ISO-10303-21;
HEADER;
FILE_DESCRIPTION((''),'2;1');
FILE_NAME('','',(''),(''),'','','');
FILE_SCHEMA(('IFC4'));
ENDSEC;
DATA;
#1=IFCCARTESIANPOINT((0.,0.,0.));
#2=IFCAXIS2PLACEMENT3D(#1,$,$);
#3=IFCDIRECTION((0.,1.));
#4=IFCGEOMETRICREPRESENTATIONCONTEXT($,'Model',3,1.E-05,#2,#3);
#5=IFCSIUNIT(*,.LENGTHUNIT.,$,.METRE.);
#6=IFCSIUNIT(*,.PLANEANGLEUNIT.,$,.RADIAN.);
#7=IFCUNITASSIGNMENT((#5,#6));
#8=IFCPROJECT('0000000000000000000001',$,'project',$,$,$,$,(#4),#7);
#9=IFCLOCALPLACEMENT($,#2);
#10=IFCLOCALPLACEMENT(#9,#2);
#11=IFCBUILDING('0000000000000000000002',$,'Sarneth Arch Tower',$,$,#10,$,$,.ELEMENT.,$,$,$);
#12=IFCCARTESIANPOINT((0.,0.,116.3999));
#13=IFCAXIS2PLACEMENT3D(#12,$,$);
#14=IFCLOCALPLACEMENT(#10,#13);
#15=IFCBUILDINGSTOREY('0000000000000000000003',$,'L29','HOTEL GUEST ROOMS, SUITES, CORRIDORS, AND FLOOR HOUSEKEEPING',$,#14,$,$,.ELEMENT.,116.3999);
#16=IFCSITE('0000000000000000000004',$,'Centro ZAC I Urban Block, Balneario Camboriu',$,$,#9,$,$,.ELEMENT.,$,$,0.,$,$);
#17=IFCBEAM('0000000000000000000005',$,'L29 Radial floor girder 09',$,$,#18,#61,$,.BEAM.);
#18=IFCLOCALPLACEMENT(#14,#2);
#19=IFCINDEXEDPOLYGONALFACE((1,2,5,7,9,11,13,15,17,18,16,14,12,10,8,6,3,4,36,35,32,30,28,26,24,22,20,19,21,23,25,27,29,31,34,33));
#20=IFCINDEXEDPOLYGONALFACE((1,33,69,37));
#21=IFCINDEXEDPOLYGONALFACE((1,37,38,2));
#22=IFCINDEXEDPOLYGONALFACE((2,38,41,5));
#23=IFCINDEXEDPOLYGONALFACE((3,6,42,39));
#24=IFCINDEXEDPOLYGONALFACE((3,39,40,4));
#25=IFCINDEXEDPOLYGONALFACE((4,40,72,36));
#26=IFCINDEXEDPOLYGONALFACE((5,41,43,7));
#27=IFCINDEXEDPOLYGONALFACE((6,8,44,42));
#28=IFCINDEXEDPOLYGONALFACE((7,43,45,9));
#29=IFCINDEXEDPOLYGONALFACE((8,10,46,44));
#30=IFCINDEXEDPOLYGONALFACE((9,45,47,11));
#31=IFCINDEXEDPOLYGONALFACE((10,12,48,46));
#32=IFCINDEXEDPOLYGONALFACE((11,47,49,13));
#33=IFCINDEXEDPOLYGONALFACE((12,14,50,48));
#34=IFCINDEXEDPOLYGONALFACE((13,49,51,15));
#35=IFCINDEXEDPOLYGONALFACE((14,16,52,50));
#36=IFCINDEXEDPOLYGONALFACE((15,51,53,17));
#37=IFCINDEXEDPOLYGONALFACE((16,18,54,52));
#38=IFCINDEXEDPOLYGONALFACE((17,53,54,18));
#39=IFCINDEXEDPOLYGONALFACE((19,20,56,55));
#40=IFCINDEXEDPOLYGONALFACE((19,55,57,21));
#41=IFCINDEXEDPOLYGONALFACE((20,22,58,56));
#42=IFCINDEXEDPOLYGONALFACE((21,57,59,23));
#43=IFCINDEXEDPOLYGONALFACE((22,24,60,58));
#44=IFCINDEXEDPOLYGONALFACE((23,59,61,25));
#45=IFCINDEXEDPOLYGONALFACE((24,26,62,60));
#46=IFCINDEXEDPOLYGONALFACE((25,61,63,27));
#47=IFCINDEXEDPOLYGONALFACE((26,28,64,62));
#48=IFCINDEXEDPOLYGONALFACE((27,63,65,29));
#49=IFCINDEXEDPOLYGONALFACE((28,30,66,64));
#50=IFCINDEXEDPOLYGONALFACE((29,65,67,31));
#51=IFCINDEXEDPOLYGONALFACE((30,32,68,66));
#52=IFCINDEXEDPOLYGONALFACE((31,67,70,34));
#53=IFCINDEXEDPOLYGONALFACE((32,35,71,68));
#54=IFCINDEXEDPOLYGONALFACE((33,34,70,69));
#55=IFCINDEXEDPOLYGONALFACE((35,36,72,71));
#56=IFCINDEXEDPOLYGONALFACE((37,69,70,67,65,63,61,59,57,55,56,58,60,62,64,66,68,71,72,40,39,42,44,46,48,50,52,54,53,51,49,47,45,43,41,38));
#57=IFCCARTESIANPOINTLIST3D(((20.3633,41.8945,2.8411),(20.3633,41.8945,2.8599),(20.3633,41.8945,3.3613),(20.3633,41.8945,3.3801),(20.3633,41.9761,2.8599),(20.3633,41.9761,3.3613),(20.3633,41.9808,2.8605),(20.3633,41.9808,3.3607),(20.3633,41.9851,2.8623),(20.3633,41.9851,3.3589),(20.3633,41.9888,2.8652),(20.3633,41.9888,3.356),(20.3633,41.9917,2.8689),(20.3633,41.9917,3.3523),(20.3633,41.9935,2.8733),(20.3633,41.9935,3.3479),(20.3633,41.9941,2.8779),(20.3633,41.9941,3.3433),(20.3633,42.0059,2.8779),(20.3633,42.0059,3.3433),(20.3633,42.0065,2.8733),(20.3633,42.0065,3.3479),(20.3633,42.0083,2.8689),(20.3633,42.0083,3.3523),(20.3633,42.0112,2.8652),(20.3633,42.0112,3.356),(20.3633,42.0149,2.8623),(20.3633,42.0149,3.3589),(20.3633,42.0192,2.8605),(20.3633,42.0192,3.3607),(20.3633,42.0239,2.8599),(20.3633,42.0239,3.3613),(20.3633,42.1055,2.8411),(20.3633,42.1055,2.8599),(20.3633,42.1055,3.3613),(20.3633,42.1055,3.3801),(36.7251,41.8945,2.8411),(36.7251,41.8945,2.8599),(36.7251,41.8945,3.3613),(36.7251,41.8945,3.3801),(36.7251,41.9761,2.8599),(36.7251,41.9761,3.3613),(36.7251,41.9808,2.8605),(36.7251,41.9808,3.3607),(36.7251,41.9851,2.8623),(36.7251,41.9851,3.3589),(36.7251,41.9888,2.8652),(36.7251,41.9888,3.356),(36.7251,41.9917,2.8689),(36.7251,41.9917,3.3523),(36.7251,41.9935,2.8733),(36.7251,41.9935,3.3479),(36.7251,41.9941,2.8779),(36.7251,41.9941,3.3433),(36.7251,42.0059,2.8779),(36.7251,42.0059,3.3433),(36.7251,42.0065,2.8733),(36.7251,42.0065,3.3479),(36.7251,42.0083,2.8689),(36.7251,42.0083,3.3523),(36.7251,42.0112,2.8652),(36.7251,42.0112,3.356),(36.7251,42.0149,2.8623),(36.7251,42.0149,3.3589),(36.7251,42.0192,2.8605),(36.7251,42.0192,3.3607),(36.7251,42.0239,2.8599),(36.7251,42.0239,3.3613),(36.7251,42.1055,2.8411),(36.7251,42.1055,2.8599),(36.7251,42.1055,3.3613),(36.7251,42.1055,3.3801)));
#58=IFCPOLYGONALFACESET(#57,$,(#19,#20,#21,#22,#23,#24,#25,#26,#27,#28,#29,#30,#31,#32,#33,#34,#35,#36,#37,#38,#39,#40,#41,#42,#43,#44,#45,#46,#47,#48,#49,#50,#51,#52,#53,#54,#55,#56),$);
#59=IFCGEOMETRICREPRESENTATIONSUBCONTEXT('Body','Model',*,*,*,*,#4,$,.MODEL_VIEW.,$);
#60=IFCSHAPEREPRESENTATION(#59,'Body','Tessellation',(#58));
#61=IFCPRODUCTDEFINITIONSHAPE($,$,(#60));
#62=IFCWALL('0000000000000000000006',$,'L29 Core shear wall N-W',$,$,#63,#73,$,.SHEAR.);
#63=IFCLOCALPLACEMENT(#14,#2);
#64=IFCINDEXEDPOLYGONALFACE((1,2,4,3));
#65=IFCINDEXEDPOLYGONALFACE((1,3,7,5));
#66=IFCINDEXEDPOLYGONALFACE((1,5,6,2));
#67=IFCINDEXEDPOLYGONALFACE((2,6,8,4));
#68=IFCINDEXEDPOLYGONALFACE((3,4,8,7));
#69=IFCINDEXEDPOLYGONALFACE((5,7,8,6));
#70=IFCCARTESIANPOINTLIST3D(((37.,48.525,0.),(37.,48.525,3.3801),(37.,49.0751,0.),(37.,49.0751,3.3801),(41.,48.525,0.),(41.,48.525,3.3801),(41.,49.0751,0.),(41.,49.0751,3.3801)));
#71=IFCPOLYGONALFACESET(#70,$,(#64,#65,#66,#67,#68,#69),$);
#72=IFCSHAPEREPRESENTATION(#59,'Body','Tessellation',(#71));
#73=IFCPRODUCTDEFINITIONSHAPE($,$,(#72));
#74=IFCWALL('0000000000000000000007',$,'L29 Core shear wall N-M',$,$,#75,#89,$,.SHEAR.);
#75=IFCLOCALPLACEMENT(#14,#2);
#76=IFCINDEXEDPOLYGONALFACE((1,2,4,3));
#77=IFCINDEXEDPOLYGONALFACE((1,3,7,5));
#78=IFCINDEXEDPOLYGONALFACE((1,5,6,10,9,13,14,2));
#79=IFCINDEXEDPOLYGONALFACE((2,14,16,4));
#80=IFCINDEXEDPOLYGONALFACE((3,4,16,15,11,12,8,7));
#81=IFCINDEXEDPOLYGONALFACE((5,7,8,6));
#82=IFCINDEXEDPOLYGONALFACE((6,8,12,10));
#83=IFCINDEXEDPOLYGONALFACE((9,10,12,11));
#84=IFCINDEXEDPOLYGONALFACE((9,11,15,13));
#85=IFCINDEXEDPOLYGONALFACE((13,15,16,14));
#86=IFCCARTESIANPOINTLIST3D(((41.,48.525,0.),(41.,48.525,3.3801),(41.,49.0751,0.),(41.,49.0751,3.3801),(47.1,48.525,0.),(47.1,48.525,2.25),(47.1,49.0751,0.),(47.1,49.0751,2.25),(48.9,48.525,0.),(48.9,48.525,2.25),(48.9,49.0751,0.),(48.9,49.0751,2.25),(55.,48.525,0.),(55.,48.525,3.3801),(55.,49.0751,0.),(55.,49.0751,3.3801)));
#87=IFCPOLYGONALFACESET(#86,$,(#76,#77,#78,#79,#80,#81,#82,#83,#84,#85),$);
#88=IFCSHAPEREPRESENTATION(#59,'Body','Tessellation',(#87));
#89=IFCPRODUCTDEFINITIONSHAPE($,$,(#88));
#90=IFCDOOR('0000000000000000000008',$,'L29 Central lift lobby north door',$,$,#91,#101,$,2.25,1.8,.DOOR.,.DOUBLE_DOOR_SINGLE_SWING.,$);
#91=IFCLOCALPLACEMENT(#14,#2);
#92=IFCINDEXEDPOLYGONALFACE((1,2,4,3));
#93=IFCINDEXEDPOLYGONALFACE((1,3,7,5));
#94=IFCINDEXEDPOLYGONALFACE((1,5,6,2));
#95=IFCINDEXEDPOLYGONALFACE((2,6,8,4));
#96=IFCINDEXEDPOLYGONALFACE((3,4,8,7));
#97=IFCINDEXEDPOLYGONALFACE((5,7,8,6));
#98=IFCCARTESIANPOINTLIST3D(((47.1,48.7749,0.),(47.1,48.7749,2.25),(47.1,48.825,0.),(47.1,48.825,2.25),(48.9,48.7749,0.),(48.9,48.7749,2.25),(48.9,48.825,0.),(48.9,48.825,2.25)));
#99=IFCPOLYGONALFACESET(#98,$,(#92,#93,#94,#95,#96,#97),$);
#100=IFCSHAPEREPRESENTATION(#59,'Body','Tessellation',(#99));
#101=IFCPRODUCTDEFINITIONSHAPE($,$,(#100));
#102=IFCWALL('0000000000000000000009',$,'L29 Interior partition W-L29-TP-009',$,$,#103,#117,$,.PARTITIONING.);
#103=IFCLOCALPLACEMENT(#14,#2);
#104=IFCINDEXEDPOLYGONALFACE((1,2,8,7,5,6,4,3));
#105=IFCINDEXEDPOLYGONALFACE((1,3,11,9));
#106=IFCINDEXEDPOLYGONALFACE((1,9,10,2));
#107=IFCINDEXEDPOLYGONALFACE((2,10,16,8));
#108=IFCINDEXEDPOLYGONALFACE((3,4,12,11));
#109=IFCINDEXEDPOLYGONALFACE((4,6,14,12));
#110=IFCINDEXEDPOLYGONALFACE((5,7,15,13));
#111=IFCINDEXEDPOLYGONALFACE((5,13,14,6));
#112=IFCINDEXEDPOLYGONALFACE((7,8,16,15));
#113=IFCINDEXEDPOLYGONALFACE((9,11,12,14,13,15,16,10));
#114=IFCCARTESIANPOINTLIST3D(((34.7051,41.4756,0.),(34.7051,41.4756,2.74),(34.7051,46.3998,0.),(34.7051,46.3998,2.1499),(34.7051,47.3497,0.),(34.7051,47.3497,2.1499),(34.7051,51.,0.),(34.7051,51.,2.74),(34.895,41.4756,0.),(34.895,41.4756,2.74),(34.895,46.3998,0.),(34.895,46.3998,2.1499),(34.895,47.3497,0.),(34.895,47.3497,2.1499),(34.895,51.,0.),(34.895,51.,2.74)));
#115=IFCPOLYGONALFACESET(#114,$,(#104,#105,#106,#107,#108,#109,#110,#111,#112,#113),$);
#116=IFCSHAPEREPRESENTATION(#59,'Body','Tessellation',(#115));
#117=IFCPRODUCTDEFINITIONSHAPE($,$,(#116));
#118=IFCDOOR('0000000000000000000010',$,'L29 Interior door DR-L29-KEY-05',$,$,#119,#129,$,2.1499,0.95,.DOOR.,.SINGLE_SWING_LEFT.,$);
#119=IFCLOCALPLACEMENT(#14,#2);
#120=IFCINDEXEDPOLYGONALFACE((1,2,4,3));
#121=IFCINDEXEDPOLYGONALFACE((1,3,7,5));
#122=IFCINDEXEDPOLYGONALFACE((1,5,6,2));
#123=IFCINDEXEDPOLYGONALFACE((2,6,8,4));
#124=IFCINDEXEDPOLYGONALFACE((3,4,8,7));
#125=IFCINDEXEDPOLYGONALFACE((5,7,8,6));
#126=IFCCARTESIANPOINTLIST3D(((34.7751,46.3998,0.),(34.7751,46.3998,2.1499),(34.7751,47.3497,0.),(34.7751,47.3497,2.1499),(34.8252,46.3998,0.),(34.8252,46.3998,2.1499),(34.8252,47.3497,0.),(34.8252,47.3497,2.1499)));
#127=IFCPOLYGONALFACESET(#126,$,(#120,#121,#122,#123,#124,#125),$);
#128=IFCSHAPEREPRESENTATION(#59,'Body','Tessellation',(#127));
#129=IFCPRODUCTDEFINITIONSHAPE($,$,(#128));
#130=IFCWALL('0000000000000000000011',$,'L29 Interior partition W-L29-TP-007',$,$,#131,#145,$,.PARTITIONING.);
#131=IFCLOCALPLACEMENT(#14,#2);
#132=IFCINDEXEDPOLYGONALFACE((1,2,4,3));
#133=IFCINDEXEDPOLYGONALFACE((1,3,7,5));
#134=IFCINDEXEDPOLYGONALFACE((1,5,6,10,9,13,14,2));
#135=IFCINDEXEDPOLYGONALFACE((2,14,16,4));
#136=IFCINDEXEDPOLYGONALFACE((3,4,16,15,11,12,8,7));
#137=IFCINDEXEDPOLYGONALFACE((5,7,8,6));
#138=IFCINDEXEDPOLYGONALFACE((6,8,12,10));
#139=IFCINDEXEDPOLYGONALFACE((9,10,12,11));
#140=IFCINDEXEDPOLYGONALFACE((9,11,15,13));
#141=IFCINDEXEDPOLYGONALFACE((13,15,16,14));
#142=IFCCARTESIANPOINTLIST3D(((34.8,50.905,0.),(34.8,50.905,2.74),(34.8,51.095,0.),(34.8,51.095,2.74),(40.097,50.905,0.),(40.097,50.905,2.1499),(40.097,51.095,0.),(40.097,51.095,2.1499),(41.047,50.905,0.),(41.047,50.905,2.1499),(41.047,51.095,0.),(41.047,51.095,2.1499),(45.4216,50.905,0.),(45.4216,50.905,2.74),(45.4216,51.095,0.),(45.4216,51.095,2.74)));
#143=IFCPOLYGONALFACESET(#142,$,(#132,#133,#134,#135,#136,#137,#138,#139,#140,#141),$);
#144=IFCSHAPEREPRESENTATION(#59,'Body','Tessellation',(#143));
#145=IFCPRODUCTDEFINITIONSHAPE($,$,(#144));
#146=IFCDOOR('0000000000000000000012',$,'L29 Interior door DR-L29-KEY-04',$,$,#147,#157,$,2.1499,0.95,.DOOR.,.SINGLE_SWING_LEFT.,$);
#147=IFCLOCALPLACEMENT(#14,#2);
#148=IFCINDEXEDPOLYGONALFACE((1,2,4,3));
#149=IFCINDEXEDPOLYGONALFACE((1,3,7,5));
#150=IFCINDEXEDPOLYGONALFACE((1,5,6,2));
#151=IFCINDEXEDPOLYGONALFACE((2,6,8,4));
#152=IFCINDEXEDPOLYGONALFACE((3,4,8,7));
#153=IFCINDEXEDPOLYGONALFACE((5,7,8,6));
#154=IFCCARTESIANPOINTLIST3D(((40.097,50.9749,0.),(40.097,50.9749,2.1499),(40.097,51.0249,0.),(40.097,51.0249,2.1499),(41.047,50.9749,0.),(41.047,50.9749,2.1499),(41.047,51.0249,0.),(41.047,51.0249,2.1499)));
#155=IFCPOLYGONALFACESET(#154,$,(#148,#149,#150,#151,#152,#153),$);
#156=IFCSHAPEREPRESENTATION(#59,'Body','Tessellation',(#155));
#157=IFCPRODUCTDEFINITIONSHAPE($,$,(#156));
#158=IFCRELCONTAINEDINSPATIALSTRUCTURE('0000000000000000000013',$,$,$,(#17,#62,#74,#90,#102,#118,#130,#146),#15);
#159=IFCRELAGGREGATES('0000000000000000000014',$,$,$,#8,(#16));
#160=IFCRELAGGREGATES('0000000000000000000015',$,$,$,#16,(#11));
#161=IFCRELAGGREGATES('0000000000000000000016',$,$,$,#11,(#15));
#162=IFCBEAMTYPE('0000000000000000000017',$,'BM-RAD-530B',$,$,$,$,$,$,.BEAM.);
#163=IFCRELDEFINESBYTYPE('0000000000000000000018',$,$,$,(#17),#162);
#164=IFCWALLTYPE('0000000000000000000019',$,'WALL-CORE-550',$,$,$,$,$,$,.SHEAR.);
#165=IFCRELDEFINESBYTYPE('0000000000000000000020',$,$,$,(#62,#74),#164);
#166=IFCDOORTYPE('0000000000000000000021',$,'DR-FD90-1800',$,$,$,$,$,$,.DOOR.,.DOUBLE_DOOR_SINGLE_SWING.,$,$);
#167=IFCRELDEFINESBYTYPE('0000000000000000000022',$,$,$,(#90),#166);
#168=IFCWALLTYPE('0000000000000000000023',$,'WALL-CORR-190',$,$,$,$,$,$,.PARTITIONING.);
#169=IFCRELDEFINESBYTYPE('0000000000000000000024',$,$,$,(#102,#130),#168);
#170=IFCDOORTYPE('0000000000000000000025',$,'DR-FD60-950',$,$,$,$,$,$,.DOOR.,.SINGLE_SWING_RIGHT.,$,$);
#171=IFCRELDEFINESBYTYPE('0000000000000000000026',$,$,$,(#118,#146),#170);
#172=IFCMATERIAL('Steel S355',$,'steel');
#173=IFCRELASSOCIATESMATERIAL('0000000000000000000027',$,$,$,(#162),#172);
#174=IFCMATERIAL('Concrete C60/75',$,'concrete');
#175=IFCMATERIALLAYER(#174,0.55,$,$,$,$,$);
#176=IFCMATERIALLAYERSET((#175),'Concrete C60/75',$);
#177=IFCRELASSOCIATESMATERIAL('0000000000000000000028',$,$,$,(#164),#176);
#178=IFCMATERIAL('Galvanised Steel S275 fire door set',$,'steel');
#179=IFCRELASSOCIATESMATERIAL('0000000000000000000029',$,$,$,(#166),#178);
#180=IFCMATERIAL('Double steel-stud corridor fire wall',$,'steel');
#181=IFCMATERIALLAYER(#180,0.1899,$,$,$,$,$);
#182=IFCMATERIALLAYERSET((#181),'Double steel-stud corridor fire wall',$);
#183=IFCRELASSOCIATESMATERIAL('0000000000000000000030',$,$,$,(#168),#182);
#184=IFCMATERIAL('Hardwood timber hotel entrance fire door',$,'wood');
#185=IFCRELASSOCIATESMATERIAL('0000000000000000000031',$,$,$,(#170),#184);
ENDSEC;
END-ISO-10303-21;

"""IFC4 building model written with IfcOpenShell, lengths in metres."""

from ifc_helpers import new_model, si_unit, direction, frame, frame_2d, origin, origin_2d, place, context, subcontext, project, spatial, rectangle, i_section, extrude, material, layer, layer_set, material_profile, profile_set, type_object, element, fill, save


model = new_model("IFC4")

# Units and contexts
model_context = context("Model", 3, precision=1e-05, world=origin(), true_north=direction((0.0, 1.0)))
body_context = subcontext(model_context, "Body", "Model", "MODEL_VIEW")
ifc_project = project(units=[si_unit("LENGTHUNIT", "METRE"), si_unit("PLANEANGLEUNIT", "RADIAN")], contexts=[model_context])

# Site, building, storey
site_placement = place(None, origin())
site = spatial("IfcSite", under=ifc_project, at=site_placement, Name="Centro ZAC I Urban Block, Balneario Camboriu", CompositionType="ELEMENT", RefElevation=0.0)
building_placement = place(site_placement, origin())
building = spatial("IfcBuilding", under=site, at=building_placement, Name="Sarneth Arch Tower", CompositionType="ELEMENT")
storey_placement = place(building_placement, frame((0.0, 0.0, 116.3999)))
storey = spatial("IfcBuildingStorey", under=building, at=storey_placement, Name="L29", Description="HOTEL GUEST ROOMS, SUITES, CORRIDORS, AND FLOOR HOUSEKEEPING", CompositionType="ELEMENT", Elevation=116.3999)

# Beam
ifc_material_1 = material(Name="Steel S355", Category="steel")
ifc_material_profile = material_profile(ifc_material_1, i_section(OverallWidth=0.2109, OverallDepth=0.5391, WebThickness=0.0117, FlangeThickness=0.0188, FilletRadius=0.0181, at=origin_2d()), Name="W530x109")
ifc_profile_set = profile_set([ifc_material_profile], Name="Steel S355")
beam_type = type_object("IfcBeamType", Name="BM-RAD-530B", PredefinedType="BEAM", material=ifc_profile_set)
beam_1_placement = place(storey_placement, frame((36.7251, 42.0, 3.1106), z_axis=(-1.0, 0.0, 0.0), x_axis=(0.0, -1.0, 0.0)))
element("IfcBeam", 1, at=beam_1_placement, inside=storey, type_object=beam_type, Name="L29 Radial floor girder 09", PredefinedType="BEAM", context=body_context, shape_type="SweptSolid", body=[
    extrude(i_section(OverallWidth=0.2109, OverallDepth=0.5391, WebThickness=0.0117, FlangeThickness=0.0188, FilletRadius=0.0181, at=origin_2d()), origin(), (0.0, 0.0, 1.0), 16.3618),
])

# Wall
ifc_material_2 = material(Name="Concrete C60/75", Category="concrete")
ifc_layer_1 = layer(ifc_material_2, 0.55)
ifc_layer_set_1 = layer_set([ifc_layer_1], Name="Concrete C60/75")
wall_type_1 = type_object("IfcWallType", Name="WALL-CORE-550", PredefinedType="SHEAR", material=ifc_layer_set_1)
wall_1_placement = place(storey_placement, frame((37.0, 48.8, 0.0), z_axis=(0.0, 0.0, 1.0), x_axis=(1.0, 0.0, 0.0)))
element("IfcWall", 2, at=wall_1_placement, inside=storey, type_object=wall_type_1, Name="L29 Core shear wall N-W", PredefinedType="SHEAR", context=body_context, shape_type="SweptSolid", body=[
    extrude(rectangle(XDim=4.0, YDim=0.55, at=frame_2d((2.0, 0.0))), origin(), (0.0, 0.0, 1.0), 3.3801),
])

# Walls, openings, doors
wall_2_placement = place(storey_placement, frame((41.0, 48.8, 0.0), z_axis=(0.0, 0.0, 1.0), x_axis=(1.0, 0.0, 0.0)))
wall_2 = element("IfcWall", 3, at=wall_2_placement, inside=storey, type_object=wall_type_1, Name="L29 Core shear wall N-M", PredefinedType="SHEAR", context=body_context, shape_type="SweptSolid", body=[
    extrude(rectangle(XDim=14.0, YDim=0.55, at=frame_2d((7.0, 0.0))), origin(), (0.0, 0.0, 1.0), 3.3801),
])
opening_1_placement = place(wall_2_placement, frame((6.1001, 0.0, 0.0)))
opening_1 = element("IfcOpeningElement", 4, at=opening_1_placement, cuts=wall_2, PredefinedType="OPENING", context=body_context, shape_type="SweptSolid", body=[
    extrude(rectangle(XDim=1.8, YDim=2.25, at=frame_2d((0.8999, 1.125))), frame((0.0, 0.2849, 0.0), z_axis=(0.0, -1.0, 0.0), x_axis=(1.0, 0.0, 0.0)), (0.0, 0.0, 1.0), 0.5701),
])
ifc_material_3 = material(Name="Galvanised Steel S275 fire door set", Category="steel")
door_type_1 = type_object("IfcDoorType", Name="DR-FD90-1800", OperationType="DOUBLE_DOOR_SINGLE_SWING", PredefinedType="DOOR", material=ifc_material_3)
door_1_placement = place(opening_1_placement, origin())
door_1 = element("IfcDoor", 5, at=door_1_placement, inside=storey, type_object=door_type_1, Name="L29 Central lift lobby north door", OperationType="DOUBLE_DOOR_SINGLE_SWING", OverallHeight=2.25, OverallWidth=1.8, PredefinedType="DOOR", context=body_context, shape_type="SweptSolid", body=[
    extrude(rectangle(XDim=1.8, YDim=2.25, at=frame_2d((0.8999, 1.125))), frame((0.0, 0.0249, 0.0), z_axis=(0.0, -1.0, 0.0), x_axis=(1.0, 0.0, 0.0)), (0.0, 0.0, 1.0), 0.05),
])
fill(opening_1, door_1)
ifc_material_4 = material(Name="Double steel-stud corridor fire wall", Category="steel")
ifc_layer_2 = layer(ifc_material_4, 0.1899)
ifc_layer_set_2 = layer_set([ifc_layer_2], Name="Double steel-stud corridor fire wall")
wall_type_2 = type_object("IfcWallType", Name="WALL-CORR-190", PredefinedType="PARTITIONING", material=ifc_layer_set_2)
wall_3_placement = place(storey_placement, frame((34.8, 41.4756, 0.0), z_axis=(0.0, 0.0, 1.0), x_axis=(0.0, 1.0, 0.0)))
wall_3 = element("IfcWall", 6, at=wall_3_placement, inside=storey, type_object=wall_type_2, Name="L29 Interior partition W-L29-TP-009", PredefinedType="PARTITIONING", context=body_context, shape_type="SweptSolid", body=[
    extrude(rectangle(XDim=9.5244, YDim=0.1899, at=frame_2d((4.7622, 0.0))), origin(), (0.0, 0.0, 1.0), 2.74),
])
opening_2_placement = place(wall_3_placement, frame((4.9241, 0.0, 0.0)))
opening_2 = element("IfcOpeningElement", 7, at=opening_2_placement, cuts=wall_3, PredefinedType="OPENING", context=body_context, shape_type="SweptSolid", body=[
    extrude(rectangle(XDim=0.95, YDim=2.1499, at=frame_2d((0.4751, 1.075))), frame((0.0, 0.105, 0.0), z_axis=(0.0, -1.0, 0.0), x_axis=(1.0, 0.0, 0.0)), (0.0, 0.0, 1.0), 0.21),
])
ifc_material_5 = material(Name="Hardwood timber hotel entrance fire door", Category="wood")
door_type_2 = type_object("IfcDoorType", Name="DR-FD60-950", OperationType="SINGLE_SWING_RIGHT", PredefinedType="DOOR", material=ifc_material_5)
door_2_placement = place(opening_2_placement, origin())
door_2 = element("IfcDoor", 8, at=door_2_placement, inside=storey, type_object=door_type_2, Name="L29 Interior door DR-L29-KEY-05", OperationType="SINGLE_SWING_LEFT", OverallHeight=2.1499, OverallWidth=0.95, PredefinedType="DOOR", context=body_context, shape_type="SweptSolid", body=[
    extrude(rectangle(XDim=0.95, YDim=2.1499, at=frame_2d((0.4751, 1.075))), frame((0.0, 0.0249, 0.0), z_axis=(0.0, -1.0, 0.0), x_axis=(1.0, 0.0, 0.0)), (0.0, 0.0, 1.0), 0.05),
])
fill(opening_2, door_2)
wall_4_placement = place(storey_placement, frame((34.8, 51.0, 0.0), z_axis=(0.0, 0.0, 1.0), x_axis=(1.0, 0.0, 0.0)))
wall_4 = element("IfcWall", 9, at=wall_4_placement, inside=storey, type_object=wall_type_2, Name="L29 Interior partition W-L29-TP-007", PredefinedType="PARTITIONING", context=body_context, shape_type="SweptSolid", body=[
    extrude(rectangle(XDim=10.6216, YDim=0.1899, at=frame_2d((5.3108, 0.0))), origin(), (0.0, 0.0, 1.0), 2.74),
])
opening_3_placement = place(wall_4_placement, frame((5.2969, 0.0, 0.0)))
opening_3 = element("IfcOpeningElement", 10, at=opening_3_placement, cuts=wall_4, PredefinedType="OPENING", context=body_context, shape_type="SweptSolid", body=[
    extrude(rectangle(XDim=0.95, YDim=2.1499, at=frame_2d((0.4751, 1.075))), frame((0.0, 0.105, 0.0), z_axis=(0.0, -1.0, 0.0), x_axis=(1.0, 0.0, 0.0)), (0.0, 0.0, 1.0), 0.21),
])
door_3_placement = place(opening_3_placement, origin())
door_3 = element("IfcDoor", 11, at=door_3_placement, inside=storey, type_object=door_type_2, Name="L29 Interior door DR-L29-KEY-04", OperationType="SINGLE_SWING_LEFT", OverallHeight=2.1499, OverallWidth=0.95, PredefinedType="DOOR", context=body_context, shape_type="SweptSolid", body=[
    extrude(rectangle(XDim=0.95, YDim=2.1499, at=frame_2d((0.4751, 1.075))), frame((0.0, 0.0249, 0.0), z_axis=(0.0, -1.0, 0.0), x_axis=(1.0, 0.0, 0.0)), (0.0, 0.0, 1.0), 0.05),
])
fill(opening_3, door_3)

save(model, "model.ifc")
